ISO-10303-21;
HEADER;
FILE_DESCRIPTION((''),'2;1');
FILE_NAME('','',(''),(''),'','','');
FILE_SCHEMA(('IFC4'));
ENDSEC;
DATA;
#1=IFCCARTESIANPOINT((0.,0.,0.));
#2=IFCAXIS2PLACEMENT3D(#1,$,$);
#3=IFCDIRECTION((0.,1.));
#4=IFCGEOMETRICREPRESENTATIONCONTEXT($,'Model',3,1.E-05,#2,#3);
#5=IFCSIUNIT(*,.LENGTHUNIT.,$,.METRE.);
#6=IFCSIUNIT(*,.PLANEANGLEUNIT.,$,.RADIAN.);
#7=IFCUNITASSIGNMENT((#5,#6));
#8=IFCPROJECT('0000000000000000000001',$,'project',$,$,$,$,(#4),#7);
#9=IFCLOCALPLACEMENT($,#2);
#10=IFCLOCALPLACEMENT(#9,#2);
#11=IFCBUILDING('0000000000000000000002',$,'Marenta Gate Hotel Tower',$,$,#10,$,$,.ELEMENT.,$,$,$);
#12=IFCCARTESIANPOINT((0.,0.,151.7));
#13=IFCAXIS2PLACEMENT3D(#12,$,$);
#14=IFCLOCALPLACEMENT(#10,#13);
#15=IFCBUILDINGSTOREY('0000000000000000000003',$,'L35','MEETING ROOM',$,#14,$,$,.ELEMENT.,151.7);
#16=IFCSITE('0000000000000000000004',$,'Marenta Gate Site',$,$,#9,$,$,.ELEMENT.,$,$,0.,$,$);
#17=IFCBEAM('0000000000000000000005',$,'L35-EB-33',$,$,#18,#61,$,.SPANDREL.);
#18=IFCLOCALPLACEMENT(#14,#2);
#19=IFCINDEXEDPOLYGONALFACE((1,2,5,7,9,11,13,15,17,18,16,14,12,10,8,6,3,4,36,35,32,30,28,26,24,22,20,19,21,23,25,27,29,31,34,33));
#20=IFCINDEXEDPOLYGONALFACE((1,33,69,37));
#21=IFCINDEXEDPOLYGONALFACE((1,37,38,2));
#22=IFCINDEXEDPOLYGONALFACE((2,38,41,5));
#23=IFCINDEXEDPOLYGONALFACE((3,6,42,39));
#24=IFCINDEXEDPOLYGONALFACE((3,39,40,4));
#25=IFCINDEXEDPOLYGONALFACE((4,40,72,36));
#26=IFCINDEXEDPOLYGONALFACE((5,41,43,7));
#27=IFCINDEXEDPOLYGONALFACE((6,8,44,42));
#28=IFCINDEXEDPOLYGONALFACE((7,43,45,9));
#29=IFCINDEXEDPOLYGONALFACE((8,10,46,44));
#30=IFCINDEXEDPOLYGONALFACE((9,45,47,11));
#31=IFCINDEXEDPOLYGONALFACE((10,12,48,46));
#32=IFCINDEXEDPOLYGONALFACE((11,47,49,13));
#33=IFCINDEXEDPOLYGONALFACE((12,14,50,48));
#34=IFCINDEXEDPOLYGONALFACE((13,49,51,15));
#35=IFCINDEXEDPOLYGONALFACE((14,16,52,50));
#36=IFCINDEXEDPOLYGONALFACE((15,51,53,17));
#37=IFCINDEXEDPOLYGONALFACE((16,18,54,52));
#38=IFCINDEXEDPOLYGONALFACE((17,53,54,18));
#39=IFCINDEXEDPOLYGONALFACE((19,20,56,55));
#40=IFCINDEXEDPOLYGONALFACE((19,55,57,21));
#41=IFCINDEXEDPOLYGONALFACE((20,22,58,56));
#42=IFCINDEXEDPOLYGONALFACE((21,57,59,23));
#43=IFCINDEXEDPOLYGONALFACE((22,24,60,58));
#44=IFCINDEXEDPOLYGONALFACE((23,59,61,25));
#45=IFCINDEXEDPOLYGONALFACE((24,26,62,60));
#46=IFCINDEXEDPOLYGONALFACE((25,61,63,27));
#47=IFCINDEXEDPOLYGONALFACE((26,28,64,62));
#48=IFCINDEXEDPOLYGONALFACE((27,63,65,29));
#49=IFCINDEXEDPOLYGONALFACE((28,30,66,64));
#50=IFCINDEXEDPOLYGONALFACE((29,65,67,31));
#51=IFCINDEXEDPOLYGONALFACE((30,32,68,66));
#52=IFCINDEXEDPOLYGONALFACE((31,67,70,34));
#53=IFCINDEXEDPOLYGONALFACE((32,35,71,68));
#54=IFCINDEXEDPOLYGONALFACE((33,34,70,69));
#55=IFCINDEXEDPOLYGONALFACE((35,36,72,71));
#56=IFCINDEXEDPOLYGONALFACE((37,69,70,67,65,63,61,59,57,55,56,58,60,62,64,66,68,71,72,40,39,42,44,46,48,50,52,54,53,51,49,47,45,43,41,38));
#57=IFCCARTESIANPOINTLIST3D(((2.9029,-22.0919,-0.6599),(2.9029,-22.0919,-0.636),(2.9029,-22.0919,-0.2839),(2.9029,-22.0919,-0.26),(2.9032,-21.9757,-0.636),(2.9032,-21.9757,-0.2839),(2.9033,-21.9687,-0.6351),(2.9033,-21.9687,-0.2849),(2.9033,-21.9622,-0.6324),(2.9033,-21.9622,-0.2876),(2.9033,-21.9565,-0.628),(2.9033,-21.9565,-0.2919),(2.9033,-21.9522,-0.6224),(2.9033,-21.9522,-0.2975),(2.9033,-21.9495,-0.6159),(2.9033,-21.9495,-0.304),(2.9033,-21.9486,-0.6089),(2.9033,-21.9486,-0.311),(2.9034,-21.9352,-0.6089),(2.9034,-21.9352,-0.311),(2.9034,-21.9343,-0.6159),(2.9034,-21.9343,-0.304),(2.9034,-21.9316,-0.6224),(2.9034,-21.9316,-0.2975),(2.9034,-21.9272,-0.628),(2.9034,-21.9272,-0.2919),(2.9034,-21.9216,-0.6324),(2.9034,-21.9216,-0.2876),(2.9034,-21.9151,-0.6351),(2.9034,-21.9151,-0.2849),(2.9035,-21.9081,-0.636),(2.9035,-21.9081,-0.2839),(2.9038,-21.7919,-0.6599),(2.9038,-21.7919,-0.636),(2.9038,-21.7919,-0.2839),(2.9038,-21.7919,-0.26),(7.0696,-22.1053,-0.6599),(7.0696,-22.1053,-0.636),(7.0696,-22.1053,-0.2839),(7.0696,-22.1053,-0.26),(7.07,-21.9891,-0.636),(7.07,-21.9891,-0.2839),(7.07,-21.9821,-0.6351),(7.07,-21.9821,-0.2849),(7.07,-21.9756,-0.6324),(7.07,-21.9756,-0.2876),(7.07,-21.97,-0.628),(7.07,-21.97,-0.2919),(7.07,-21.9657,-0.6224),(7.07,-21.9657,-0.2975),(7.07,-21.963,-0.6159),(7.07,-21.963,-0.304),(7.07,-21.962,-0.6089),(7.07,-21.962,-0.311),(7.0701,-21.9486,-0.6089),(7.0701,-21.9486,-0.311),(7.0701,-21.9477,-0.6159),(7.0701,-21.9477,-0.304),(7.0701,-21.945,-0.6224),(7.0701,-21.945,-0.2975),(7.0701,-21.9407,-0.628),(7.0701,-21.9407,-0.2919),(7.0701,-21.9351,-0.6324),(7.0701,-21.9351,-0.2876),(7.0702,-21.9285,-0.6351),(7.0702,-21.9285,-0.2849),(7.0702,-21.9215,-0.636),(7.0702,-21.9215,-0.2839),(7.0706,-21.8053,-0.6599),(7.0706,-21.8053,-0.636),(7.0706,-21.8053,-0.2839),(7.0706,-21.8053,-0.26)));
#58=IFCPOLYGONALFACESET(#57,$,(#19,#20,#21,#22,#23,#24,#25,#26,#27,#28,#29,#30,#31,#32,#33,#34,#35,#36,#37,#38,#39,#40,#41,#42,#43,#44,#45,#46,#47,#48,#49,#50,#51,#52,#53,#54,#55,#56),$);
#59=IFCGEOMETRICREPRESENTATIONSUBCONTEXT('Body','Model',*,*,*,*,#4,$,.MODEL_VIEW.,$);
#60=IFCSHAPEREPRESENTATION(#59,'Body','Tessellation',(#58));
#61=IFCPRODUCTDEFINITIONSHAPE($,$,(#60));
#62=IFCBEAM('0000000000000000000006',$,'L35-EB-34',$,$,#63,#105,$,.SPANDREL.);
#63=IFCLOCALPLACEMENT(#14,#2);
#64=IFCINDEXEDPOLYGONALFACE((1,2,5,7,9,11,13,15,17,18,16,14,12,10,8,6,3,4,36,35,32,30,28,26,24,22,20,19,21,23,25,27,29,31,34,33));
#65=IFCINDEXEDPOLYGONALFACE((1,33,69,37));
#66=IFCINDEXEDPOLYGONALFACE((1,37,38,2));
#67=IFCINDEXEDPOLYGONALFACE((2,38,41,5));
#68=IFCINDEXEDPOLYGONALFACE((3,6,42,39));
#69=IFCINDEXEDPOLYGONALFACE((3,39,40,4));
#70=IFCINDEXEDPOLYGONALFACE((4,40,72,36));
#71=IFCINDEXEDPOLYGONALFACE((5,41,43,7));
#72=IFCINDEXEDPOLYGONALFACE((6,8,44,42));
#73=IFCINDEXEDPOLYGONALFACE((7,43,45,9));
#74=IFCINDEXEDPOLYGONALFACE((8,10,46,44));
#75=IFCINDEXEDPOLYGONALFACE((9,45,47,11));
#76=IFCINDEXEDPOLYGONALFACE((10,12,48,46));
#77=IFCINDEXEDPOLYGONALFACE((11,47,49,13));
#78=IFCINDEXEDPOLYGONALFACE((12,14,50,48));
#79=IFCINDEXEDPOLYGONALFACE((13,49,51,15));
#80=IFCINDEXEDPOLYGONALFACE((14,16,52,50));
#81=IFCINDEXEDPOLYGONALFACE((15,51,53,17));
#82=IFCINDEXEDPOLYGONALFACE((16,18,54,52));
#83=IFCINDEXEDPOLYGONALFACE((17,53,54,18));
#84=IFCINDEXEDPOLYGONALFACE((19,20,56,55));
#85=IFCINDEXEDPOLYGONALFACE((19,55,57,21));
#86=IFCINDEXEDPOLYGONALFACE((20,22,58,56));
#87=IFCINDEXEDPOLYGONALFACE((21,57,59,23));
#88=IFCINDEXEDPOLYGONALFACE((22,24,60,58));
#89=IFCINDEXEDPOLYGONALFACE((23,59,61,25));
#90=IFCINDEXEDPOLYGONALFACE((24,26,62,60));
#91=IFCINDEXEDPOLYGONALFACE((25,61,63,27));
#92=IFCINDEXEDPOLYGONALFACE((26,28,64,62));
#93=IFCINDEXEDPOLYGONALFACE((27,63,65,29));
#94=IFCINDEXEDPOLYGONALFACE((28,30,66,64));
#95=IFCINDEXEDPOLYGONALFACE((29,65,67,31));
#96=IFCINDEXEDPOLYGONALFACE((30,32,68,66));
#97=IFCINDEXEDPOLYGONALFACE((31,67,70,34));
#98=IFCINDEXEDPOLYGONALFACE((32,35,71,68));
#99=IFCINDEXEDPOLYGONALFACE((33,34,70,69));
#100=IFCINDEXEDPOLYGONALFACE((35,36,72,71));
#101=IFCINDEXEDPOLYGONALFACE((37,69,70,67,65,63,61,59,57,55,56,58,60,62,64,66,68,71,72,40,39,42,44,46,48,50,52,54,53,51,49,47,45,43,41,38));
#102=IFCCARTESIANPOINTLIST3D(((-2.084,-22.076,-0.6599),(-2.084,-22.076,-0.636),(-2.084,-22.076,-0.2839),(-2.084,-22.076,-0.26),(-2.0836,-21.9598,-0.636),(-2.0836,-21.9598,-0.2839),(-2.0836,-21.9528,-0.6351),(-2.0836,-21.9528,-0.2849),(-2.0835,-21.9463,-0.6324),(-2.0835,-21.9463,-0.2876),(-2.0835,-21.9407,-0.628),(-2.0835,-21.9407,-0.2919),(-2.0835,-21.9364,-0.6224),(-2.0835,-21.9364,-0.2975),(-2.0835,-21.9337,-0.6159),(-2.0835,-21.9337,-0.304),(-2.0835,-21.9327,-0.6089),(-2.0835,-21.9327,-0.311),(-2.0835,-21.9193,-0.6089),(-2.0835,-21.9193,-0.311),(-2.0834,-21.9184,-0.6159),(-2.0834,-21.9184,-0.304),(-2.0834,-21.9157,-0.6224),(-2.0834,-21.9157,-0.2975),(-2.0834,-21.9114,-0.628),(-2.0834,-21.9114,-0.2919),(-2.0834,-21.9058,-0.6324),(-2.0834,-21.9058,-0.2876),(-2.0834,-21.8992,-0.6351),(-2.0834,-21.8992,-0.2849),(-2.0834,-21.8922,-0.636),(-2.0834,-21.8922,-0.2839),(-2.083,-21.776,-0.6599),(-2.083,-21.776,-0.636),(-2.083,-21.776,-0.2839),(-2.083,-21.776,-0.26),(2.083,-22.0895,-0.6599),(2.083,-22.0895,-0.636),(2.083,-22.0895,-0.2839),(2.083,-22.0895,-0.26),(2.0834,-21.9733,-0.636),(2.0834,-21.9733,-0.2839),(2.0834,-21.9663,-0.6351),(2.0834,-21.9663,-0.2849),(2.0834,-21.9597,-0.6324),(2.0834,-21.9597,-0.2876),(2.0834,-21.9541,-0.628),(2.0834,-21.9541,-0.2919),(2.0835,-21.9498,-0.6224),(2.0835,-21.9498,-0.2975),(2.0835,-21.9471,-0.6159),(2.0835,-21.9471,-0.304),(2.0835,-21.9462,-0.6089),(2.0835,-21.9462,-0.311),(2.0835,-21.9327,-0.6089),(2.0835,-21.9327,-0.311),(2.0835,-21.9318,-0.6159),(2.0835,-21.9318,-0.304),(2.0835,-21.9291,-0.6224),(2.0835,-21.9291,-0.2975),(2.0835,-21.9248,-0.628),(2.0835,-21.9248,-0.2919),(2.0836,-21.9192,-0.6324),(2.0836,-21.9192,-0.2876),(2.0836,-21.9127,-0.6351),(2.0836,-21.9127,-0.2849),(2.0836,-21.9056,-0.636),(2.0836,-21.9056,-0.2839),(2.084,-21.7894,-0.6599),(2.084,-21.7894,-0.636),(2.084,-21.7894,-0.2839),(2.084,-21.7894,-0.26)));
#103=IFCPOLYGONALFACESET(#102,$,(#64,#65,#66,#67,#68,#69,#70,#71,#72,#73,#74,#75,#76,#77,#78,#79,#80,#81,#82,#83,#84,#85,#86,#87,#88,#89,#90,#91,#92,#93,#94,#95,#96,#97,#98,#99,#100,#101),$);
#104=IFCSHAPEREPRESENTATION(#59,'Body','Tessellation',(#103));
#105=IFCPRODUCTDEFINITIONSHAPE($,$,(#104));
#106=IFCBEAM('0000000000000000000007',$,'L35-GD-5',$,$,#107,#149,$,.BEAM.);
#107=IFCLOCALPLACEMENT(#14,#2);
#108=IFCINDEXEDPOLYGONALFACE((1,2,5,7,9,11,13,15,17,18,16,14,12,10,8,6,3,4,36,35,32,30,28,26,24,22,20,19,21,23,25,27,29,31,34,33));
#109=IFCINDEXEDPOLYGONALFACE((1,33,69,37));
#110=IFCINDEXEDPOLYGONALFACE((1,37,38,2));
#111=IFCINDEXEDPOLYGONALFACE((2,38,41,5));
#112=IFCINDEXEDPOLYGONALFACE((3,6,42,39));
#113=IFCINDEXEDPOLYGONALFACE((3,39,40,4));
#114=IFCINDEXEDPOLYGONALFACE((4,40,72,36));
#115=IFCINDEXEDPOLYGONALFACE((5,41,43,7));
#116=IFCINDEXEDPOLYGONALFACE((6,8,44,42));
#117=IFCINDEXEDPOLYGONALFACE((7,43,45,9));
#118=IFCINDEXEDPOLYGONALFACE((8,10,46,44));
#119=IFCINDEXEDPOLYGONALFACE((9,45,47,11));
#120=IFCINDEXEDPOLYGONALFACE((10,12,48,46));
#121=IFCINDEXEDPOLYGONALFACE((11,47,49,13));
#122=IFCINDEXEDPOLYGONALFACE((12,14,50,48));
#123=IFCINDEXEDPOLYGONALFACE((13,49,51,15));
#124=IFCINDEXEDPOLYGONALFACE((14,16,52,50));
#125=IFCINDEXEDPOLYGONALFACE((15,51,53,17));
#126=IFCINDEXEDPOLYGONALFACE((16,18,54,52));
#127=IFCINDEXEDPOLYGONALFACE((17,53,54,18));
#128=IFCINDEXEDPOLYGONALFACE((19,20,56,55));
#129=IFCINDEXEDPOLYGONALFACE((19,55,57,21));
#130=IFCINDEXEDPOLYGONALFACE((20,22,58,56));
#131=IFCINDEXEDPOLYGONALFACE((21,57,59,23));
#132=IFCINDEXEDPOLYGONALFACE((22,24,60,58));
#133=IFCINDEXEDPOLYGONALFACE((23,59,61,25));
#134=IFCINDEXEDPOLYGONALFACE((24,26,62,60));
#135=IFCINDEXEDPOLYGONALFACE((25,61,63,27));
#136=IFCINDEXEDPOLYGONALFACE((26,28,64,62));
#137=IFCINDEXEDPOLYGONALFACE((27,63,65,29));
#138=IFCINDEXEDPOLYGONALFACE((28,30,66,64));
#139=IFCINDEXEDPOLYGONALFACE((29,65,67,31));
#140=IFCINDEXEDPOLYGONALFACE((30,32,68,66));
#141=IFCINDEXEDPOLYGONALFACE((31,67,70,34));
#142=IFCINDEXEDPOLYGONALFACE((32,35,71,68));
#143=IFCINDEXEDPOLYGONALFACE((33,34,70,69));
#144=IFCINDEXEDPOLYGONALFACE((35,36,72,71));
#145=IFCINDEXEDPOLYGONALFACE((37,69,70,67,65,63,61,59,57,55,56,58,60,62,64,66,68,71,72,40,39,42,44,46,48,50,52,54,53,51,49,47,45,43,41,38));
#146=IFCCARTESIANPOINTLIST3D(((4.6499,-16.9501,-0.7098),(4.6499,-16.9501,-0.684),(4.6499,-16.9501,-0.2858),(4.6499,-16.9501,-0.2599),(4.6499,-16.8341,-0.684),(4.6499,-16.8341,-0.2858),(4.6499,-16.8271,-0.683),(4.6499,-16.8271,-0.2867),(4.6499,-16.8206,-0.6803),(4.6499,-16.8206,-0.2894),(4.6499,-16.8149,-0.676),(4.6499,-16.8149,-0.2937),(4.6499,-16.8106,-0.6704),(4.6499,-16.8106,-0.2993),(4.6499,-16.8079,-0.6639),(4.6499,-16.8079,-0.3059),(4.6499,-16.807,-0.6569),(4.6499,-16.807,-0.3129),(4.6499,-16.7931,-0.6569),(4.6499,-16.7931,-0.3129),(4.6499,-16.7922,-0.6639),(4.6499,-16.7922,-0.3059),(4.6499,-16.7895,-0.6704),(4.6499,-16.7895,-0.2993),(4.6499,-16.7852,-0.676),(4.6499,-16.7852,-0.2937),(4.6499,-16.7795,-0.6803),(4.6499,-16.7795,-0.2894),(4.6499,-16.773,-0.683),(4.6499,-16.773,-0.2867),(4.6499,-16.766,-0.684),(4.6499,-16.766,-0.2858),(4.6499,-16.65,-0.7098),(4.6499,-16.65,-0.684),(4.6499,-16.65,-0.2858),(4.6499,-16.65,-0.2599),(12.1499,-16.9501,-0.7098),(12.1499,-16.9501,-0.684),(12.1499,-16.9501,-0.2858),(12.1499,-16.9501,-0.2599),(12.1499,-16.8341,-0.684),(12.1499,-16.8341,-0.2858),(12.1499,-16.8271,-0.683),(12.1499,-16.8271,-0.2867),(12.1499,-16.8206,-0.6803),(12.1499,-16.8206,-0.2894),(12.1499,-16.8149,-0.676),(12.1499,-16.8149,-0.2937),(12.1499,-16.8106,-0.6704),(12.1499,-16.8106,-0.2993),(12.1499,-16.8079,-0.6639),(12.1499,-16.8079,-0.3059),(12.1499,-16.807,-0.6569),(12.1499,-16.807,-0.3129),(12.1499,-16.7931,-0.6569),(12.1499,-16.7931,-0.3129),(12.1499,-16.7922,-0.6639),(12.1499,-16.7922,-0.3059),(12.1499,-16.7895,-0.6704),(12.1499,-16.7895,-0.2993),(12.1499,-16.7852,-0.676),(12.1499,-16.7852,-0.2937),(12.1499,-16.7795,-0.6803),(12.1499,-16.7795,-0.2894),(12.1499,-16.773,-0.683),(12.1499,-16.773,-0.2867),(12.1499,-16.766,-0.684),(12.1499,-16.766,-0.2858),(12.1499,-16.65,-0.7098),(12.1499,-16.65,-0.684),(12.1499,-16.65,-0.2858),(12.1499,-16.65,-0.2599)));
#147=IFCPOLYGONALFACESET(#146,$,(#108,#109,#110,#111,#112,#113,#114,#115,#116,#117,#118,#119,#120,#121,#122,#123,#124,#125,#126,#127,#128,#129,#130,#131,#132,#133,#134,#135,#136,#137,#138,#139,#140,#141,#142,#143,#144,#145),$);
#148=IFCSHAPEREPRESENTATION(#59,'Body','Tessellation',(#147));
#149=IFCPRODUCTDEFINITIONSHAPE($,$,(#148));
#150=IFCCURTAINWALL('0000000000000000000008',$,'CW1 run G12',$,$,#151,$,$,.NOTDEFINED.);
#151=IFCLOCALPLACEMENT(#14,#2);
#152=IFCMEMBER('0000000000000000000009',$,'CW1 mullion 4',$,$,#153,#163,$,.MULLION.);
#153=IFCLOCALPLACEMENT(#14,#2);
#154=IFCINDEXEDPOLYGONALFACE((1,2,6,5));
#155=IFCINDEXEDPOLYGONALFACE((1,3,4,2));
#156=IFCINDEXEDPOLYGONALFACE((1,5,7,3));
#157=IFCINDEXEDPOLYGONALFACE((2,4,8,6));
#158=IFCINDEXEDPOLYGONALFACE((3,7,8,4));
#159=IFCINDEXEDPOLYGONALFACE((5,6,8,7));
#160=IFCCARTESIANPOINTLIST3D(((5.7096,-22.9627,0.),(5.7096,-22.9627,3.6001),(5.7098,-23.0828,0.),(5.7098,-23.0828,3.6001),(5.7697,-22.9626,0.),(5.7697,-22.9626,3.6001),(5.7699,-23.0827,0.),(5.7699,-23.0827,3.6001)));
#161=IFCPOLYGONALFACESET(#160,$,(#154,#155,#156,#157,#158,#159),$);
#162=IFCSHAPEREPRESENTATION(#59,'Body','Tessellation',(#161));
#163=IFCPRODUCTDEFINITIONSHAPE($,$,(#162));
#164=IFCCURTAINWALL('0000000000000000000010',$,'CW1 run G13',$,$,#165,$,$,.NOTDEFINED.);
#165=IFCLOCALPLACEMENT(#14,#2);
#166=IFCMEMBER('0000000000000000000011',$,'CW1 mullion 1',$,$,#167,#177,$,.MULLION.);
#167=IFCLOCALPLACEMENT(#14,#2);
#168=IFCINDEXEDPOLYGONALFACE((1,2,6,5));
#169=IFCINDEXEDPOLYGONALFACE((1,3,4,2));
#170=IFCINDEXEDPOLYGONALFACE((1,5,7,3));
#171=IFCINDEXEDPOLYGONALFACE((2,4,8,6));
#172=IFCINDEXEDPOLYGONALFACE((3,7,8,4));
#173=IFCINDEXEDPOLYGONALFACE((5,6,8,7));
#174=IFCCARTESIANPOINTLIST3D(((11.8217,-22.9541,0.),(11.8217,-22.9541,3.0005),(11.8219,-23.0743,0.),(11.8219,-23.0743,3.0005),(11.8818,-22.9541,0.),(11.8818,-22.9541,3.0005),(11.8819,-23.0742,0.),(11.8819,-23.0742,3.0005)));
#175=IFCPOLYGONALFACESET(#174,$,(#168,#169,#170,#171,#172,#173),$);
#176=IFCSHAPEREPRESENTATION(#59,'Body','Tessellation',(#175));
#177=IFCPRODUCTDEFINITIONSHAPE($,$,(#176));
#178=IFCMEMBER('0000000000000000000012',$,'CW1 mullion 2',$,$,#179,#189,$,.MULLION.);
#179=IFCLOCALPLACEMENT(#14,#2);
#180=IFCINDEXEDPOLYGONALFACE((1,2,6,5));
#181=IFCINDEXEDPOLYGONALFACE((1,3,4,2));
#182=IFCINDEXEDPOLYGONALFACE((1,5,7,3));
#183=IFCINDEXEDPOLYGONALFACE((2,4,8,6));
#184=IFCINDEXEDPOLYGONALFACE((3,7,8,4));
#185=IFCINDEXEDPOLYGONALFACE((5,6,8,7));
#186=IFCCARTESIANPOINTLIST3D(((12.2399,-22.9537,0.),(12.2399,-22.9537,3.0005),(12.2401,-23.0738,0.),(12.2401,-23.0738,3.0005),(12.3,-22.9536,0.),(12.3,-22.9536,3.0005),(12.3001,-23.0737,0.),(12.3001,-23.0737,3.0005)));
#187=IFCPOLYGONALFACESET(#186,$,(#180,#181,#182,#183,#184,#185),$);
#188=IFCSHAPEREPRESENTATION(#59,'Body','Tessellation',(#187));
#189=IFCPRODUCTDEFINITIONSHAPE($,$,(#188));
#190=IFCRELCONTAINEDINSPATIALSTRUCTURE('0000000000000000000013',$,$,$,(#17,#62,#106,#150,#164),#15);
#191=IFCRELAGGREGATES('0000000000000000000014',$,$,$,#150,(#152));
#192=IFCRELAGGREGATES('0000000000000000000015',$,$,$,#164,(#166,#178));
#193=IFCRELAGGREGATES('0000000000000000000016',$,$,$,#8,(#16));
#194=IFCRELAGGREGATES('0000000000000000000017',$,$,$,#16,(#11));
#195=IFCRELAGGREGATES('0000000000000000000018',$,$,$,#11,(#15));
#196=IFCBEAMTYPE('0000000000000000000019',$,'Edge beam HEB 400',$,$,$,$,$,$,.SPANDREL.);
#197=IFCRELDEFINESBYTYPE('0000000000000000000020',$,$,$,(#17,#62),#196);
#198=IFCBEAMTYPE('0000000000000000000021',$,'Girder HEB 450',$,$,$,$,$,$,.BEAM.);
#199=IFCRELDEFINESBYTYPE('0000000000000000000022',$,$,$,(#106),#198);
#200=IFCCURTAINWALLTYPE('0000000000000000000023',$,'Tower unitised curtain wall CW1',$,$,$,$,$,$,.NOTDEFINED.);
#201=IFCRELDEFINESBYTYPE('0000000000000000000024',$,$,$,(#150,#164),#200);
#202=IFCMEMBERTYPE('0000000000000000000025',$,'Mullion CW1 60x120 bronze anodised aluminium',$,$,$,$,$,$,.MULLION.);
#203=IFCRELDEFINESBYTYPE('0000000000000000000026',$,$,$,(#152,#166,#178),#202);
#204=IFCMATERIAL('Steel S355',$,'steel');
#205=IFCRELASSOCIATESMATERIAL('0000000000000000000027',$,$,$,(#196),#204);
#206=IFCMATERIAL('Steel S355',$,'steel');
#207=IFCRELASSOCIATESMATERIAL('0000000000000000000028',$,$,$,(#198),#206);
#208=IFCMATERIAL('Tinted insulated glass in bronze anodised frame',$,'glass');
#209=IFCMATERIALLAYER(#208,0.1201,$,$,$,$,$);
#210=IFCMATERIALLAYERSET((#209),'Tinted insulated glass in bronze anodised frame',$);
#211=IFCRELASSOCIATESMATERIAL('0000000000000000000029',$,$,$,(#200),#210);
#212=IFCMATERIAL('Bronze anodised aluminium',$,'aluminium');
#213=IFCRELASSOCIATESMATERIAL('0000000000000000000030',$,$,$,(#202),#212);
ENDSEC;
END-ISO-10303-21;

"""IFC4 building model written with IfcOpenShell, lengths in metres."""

from ifc_helpers import new_model, si_unit, direction, frame, origin, origin_2d, place, context, subcontext, project, spatial, rectangle, i_section, extrude, material, layer, layer_set, material_profile, profile_set, type_object, element, aggregate, save


model = new_model("IFC4")

# Units and contexts
model_context = context("Model", 3, precision=1e-05, world=origin(), true_north=direction((0.0, 1.0)))
body_context = subcontext(model_context, "Body", "Model", "MODEL_VIEW")
ifc_project = project(units=[si_unit("LENGTHUNIT", "METRE"), si_unit("PLANEANGLEUNIT", "RADIAN")], contexts=[model_context])

# Site, building, storey
site_placement = place(None, origin())
site = spatial("IfcSite", under=ifc_project, at=site_placement, Name="Marenta Gate Site", CompositionType="ELEMENT", RefElevation=0.0)
building_placement = place(site_placement, origin())
building = spatial("IfcBuilding", under=site, at=building_placement, Name="Marenta Gate Hotel Tower", CompositionType="ELEMENT")
storey_placement = place(building_placement, frame((0.0, 0.0, 151.7)))
storey = spatial("IfcBuildingStorey", under=building, at=storey_placement, Name="L35", Description="MEETING ROOM", CompositionType="ELEMENT", Elevation=151.7)

# Beams
ifc_material_1 = material(Name="Steel S355", Category="steel")
ifc_material_profile_1 = material_profile(ifc_material_1, i_section(OverallWidth=0.3, OverallDepth=0.3999, WebThickness=0.0134, FlangeThickness=0.0239, FilletRadius=0.0271, at=origin_2d()), Name="HEB 400")
ifc_profile_set_1 = profile_set([ifc_material_profile_1], Name="Steel S355")
beam_type_1 = type_object("IfcBeamType", Name="Edge beam HEB 400", PredefinedType="SPANDREL", material=ifc_profile_set_1)
beam_1_placement = place(storey_placement, frame((7.0701, -21.9553, -0.46), z_axis=(-0.999995, 0.003223, 0.0), x_axis=(-0.003223, -0.999995, 0.0)))
element("IfcBeam", 1, at=beam_1_placement, inside=storey, type_object=beam_type_1, Name="L35-EB-33", PredefinedType="SPANDREL", context=body_context, shape_type="SweptSolid", body=[
    extrude(i_section(OverallWidth=0.3, OverallDepth=0.3999, WebThickness=0.0134, FlangeThickness=0.0239, FilletRadius=0.0271, at=origin_2d()), origin(), (0.0, 0.0, 1.0), 4.1667),
])
beam_2_placement = place(storey_placement, frame((2.0835, -21.9395, -0.46), z_axis=(-0.999995, 0.003222, 0.0), x_axis=(-0.003222, -0.999995, 0.0)))
element("IfcBeam", 2, at=beam_2_placement, inside=storey, type_object=beam_type_1, Name="L35-EB-34", PredefinedType="SPANDREL", context=body_context, shape_type="SweptSolid", body=[
    extrude(i_section(OverallWidth=0.3, OverallDepth=0.3999, WebThickness=0.0134, FlangeThickness=0.0239, FilletRadius=0.0271, at=origin_2d()), origin(), (0.0, 0.0, 1.0), 4.167),
])
ifc_material_2 = material(Name="Steel S355", Category="steel")
ifc_material_profile_2 = material_profile(ifc_material_2, i_section(OverallWidth=0.3, OverallDepth=0.45, WebThickness=0.0139, FlangeThickness=0.0259, FilletRadius=0.0271, at=origin_2d()), Name="HEB 450")
ifc_profile_set_2 = profile_set([ifc_material_profile_2], Name="Steel S355")
beam_type_2 = type_object("IfcBeamType", Name="Girder HEB 450", PredefinedType="BEAM", material=ifc_profile_set_2)
beam_3_placement = place(storey_placement, frame((4.6499, -16.8, -0.4849), z_axis=(1.0, 0.0, 0.0), x_axis=(0.0, 1.0, 0.0)))
element("IfcBeam", 3, at=beam_3_placement, inside=storey, type_object=beam_type_2, Name="L35-GD-5", PredefinedType="BEAM", context=body_context, shape_type="SweptSolid", body=[
    extrude(i_section(OverallWidth=0.3, OverallDepth=0.45, WebThickness=0.0139, FlangeThickness=0.0259, FilletRadius=0.0271, at=origin_2d()), origin(), (0.0, 0.0, 1.0), 7.5),
])

# Curtain wall, member
ifc_material_3 = material(Name="Tinted insulated glass in bronze anodised frame", Category="glass")
ifc_layer_1 = layer(ifc_material_3, 0.1201)
ifc_layer_set_1 = layer_set([ifc_layer_1], Name="Tinted insulated glass in bronze anodised frame")
curtain_wall_type = type_object("IfcCurtainWallType", Name="Tower unitised curtain wall CW1", PredefinedType="NOTDEFINED", material=ifc_layer_set_1)
curtain_wall_1_placement = place(storey_placement, origin())
curtain_wall_1 = element("IfcCurtainWall", 4, at=curtain_wall_1_placement, inside=storey, type_object=curtain_wall_type, Name="CW1 run G12", PredefinedType="NOTDEFINED")
ifc_material_4 = material(Name="Bronze anodised aluminium", Category="aluminium")
ifc_material_profile_3 = material_profile(ifc_material_4, rectangle(XDim=0.1201, YDim=0.0601, at=origin_2d()), Name="Mullion CW1 60x120 bronze anodised aluminium")
ifc_profile_set_3 = profile_set([ifc_material_profile_3], Name="Bronze anodised aluminium")
member_type_1 = type_object("IfcMemberType", Name="Mullion CW1 60x120 bronze anodised aluminium", PredefinedType="MULLION", material=ifc_profile_set_3)
member_1_placement = place(storey_placement, frame((5.7397, -23.0227, 0.0), z_axis=(0.0, 0.0, 1.0), x_axis=(-0.001365, 0.999999, 0.0)))
member_1 = element("IfcMember", 5, at=member_1_placement, type_object=member_type_1, Name="CW1 mullion 4", PredefinedType="MULLION", context=body_context, shape_type="SweptSolid", body=[
    extrude(rectangle(XDim=0.1201, YDim=0.0601, at=origin_2d()), origin(), (0.0, 0.0, 1.0), 3.6001),
])

# Curtain wall, members
curtain_wall_2_placement = place(storey_placement, origin())
curtain_wall_2 = element("IfcCurtainWall", 6, at=curtain_wall_2_placement, inside=storey, type_object=curtain_wall_type, Name="CW1 run G13", PredefinedType="NOTDEFINED")
member_2_placement = place(storey_placement, frame((11.8518, -23.0142, 0.0), z_axis=(0.0, 0.0, 1.0), x_axis=(-0.001255, 0.999999, 0.0)))
member_2 = element("IfcMember", 7, at=member_2_placement, type_object=member_type_1, Name="CW1 mullion 1", PredefinedType="MULLION", context=body_context, shape_type="SweptSolid", body=[
    extrude(rectangle(XDim=0.1201, YDim=0.0601, at=origin_2d()), origin(), (0.0, 0.0, 1.0), 3.0005),
])
member_3_placement = place(storey_placement, frame((12.27, -23.0137, 0.0), z_axis=(0.0, 0.0, 1.0), x_axis=(-0.001255, 0.999999, 0.0)))
member_3 = element("IfcMember", 8, at=member_3_placement, type_object=member_type_1, Name="CW1 mullion 2", PredefinedType="MULLION", context=body_context, shape_type="SweptSolid", body=[
    extrude(rectangle(XDim=0.1201, YDim=0.0601, at=origin_2d()), origin(), (0.0, 0.0, 1.0), 3.0005),
])

aggregate(curtain_wall_1, [member_1])
aggregate(curtain_wall_2, [member_2, member_3])

save(model, "model.ifc")
